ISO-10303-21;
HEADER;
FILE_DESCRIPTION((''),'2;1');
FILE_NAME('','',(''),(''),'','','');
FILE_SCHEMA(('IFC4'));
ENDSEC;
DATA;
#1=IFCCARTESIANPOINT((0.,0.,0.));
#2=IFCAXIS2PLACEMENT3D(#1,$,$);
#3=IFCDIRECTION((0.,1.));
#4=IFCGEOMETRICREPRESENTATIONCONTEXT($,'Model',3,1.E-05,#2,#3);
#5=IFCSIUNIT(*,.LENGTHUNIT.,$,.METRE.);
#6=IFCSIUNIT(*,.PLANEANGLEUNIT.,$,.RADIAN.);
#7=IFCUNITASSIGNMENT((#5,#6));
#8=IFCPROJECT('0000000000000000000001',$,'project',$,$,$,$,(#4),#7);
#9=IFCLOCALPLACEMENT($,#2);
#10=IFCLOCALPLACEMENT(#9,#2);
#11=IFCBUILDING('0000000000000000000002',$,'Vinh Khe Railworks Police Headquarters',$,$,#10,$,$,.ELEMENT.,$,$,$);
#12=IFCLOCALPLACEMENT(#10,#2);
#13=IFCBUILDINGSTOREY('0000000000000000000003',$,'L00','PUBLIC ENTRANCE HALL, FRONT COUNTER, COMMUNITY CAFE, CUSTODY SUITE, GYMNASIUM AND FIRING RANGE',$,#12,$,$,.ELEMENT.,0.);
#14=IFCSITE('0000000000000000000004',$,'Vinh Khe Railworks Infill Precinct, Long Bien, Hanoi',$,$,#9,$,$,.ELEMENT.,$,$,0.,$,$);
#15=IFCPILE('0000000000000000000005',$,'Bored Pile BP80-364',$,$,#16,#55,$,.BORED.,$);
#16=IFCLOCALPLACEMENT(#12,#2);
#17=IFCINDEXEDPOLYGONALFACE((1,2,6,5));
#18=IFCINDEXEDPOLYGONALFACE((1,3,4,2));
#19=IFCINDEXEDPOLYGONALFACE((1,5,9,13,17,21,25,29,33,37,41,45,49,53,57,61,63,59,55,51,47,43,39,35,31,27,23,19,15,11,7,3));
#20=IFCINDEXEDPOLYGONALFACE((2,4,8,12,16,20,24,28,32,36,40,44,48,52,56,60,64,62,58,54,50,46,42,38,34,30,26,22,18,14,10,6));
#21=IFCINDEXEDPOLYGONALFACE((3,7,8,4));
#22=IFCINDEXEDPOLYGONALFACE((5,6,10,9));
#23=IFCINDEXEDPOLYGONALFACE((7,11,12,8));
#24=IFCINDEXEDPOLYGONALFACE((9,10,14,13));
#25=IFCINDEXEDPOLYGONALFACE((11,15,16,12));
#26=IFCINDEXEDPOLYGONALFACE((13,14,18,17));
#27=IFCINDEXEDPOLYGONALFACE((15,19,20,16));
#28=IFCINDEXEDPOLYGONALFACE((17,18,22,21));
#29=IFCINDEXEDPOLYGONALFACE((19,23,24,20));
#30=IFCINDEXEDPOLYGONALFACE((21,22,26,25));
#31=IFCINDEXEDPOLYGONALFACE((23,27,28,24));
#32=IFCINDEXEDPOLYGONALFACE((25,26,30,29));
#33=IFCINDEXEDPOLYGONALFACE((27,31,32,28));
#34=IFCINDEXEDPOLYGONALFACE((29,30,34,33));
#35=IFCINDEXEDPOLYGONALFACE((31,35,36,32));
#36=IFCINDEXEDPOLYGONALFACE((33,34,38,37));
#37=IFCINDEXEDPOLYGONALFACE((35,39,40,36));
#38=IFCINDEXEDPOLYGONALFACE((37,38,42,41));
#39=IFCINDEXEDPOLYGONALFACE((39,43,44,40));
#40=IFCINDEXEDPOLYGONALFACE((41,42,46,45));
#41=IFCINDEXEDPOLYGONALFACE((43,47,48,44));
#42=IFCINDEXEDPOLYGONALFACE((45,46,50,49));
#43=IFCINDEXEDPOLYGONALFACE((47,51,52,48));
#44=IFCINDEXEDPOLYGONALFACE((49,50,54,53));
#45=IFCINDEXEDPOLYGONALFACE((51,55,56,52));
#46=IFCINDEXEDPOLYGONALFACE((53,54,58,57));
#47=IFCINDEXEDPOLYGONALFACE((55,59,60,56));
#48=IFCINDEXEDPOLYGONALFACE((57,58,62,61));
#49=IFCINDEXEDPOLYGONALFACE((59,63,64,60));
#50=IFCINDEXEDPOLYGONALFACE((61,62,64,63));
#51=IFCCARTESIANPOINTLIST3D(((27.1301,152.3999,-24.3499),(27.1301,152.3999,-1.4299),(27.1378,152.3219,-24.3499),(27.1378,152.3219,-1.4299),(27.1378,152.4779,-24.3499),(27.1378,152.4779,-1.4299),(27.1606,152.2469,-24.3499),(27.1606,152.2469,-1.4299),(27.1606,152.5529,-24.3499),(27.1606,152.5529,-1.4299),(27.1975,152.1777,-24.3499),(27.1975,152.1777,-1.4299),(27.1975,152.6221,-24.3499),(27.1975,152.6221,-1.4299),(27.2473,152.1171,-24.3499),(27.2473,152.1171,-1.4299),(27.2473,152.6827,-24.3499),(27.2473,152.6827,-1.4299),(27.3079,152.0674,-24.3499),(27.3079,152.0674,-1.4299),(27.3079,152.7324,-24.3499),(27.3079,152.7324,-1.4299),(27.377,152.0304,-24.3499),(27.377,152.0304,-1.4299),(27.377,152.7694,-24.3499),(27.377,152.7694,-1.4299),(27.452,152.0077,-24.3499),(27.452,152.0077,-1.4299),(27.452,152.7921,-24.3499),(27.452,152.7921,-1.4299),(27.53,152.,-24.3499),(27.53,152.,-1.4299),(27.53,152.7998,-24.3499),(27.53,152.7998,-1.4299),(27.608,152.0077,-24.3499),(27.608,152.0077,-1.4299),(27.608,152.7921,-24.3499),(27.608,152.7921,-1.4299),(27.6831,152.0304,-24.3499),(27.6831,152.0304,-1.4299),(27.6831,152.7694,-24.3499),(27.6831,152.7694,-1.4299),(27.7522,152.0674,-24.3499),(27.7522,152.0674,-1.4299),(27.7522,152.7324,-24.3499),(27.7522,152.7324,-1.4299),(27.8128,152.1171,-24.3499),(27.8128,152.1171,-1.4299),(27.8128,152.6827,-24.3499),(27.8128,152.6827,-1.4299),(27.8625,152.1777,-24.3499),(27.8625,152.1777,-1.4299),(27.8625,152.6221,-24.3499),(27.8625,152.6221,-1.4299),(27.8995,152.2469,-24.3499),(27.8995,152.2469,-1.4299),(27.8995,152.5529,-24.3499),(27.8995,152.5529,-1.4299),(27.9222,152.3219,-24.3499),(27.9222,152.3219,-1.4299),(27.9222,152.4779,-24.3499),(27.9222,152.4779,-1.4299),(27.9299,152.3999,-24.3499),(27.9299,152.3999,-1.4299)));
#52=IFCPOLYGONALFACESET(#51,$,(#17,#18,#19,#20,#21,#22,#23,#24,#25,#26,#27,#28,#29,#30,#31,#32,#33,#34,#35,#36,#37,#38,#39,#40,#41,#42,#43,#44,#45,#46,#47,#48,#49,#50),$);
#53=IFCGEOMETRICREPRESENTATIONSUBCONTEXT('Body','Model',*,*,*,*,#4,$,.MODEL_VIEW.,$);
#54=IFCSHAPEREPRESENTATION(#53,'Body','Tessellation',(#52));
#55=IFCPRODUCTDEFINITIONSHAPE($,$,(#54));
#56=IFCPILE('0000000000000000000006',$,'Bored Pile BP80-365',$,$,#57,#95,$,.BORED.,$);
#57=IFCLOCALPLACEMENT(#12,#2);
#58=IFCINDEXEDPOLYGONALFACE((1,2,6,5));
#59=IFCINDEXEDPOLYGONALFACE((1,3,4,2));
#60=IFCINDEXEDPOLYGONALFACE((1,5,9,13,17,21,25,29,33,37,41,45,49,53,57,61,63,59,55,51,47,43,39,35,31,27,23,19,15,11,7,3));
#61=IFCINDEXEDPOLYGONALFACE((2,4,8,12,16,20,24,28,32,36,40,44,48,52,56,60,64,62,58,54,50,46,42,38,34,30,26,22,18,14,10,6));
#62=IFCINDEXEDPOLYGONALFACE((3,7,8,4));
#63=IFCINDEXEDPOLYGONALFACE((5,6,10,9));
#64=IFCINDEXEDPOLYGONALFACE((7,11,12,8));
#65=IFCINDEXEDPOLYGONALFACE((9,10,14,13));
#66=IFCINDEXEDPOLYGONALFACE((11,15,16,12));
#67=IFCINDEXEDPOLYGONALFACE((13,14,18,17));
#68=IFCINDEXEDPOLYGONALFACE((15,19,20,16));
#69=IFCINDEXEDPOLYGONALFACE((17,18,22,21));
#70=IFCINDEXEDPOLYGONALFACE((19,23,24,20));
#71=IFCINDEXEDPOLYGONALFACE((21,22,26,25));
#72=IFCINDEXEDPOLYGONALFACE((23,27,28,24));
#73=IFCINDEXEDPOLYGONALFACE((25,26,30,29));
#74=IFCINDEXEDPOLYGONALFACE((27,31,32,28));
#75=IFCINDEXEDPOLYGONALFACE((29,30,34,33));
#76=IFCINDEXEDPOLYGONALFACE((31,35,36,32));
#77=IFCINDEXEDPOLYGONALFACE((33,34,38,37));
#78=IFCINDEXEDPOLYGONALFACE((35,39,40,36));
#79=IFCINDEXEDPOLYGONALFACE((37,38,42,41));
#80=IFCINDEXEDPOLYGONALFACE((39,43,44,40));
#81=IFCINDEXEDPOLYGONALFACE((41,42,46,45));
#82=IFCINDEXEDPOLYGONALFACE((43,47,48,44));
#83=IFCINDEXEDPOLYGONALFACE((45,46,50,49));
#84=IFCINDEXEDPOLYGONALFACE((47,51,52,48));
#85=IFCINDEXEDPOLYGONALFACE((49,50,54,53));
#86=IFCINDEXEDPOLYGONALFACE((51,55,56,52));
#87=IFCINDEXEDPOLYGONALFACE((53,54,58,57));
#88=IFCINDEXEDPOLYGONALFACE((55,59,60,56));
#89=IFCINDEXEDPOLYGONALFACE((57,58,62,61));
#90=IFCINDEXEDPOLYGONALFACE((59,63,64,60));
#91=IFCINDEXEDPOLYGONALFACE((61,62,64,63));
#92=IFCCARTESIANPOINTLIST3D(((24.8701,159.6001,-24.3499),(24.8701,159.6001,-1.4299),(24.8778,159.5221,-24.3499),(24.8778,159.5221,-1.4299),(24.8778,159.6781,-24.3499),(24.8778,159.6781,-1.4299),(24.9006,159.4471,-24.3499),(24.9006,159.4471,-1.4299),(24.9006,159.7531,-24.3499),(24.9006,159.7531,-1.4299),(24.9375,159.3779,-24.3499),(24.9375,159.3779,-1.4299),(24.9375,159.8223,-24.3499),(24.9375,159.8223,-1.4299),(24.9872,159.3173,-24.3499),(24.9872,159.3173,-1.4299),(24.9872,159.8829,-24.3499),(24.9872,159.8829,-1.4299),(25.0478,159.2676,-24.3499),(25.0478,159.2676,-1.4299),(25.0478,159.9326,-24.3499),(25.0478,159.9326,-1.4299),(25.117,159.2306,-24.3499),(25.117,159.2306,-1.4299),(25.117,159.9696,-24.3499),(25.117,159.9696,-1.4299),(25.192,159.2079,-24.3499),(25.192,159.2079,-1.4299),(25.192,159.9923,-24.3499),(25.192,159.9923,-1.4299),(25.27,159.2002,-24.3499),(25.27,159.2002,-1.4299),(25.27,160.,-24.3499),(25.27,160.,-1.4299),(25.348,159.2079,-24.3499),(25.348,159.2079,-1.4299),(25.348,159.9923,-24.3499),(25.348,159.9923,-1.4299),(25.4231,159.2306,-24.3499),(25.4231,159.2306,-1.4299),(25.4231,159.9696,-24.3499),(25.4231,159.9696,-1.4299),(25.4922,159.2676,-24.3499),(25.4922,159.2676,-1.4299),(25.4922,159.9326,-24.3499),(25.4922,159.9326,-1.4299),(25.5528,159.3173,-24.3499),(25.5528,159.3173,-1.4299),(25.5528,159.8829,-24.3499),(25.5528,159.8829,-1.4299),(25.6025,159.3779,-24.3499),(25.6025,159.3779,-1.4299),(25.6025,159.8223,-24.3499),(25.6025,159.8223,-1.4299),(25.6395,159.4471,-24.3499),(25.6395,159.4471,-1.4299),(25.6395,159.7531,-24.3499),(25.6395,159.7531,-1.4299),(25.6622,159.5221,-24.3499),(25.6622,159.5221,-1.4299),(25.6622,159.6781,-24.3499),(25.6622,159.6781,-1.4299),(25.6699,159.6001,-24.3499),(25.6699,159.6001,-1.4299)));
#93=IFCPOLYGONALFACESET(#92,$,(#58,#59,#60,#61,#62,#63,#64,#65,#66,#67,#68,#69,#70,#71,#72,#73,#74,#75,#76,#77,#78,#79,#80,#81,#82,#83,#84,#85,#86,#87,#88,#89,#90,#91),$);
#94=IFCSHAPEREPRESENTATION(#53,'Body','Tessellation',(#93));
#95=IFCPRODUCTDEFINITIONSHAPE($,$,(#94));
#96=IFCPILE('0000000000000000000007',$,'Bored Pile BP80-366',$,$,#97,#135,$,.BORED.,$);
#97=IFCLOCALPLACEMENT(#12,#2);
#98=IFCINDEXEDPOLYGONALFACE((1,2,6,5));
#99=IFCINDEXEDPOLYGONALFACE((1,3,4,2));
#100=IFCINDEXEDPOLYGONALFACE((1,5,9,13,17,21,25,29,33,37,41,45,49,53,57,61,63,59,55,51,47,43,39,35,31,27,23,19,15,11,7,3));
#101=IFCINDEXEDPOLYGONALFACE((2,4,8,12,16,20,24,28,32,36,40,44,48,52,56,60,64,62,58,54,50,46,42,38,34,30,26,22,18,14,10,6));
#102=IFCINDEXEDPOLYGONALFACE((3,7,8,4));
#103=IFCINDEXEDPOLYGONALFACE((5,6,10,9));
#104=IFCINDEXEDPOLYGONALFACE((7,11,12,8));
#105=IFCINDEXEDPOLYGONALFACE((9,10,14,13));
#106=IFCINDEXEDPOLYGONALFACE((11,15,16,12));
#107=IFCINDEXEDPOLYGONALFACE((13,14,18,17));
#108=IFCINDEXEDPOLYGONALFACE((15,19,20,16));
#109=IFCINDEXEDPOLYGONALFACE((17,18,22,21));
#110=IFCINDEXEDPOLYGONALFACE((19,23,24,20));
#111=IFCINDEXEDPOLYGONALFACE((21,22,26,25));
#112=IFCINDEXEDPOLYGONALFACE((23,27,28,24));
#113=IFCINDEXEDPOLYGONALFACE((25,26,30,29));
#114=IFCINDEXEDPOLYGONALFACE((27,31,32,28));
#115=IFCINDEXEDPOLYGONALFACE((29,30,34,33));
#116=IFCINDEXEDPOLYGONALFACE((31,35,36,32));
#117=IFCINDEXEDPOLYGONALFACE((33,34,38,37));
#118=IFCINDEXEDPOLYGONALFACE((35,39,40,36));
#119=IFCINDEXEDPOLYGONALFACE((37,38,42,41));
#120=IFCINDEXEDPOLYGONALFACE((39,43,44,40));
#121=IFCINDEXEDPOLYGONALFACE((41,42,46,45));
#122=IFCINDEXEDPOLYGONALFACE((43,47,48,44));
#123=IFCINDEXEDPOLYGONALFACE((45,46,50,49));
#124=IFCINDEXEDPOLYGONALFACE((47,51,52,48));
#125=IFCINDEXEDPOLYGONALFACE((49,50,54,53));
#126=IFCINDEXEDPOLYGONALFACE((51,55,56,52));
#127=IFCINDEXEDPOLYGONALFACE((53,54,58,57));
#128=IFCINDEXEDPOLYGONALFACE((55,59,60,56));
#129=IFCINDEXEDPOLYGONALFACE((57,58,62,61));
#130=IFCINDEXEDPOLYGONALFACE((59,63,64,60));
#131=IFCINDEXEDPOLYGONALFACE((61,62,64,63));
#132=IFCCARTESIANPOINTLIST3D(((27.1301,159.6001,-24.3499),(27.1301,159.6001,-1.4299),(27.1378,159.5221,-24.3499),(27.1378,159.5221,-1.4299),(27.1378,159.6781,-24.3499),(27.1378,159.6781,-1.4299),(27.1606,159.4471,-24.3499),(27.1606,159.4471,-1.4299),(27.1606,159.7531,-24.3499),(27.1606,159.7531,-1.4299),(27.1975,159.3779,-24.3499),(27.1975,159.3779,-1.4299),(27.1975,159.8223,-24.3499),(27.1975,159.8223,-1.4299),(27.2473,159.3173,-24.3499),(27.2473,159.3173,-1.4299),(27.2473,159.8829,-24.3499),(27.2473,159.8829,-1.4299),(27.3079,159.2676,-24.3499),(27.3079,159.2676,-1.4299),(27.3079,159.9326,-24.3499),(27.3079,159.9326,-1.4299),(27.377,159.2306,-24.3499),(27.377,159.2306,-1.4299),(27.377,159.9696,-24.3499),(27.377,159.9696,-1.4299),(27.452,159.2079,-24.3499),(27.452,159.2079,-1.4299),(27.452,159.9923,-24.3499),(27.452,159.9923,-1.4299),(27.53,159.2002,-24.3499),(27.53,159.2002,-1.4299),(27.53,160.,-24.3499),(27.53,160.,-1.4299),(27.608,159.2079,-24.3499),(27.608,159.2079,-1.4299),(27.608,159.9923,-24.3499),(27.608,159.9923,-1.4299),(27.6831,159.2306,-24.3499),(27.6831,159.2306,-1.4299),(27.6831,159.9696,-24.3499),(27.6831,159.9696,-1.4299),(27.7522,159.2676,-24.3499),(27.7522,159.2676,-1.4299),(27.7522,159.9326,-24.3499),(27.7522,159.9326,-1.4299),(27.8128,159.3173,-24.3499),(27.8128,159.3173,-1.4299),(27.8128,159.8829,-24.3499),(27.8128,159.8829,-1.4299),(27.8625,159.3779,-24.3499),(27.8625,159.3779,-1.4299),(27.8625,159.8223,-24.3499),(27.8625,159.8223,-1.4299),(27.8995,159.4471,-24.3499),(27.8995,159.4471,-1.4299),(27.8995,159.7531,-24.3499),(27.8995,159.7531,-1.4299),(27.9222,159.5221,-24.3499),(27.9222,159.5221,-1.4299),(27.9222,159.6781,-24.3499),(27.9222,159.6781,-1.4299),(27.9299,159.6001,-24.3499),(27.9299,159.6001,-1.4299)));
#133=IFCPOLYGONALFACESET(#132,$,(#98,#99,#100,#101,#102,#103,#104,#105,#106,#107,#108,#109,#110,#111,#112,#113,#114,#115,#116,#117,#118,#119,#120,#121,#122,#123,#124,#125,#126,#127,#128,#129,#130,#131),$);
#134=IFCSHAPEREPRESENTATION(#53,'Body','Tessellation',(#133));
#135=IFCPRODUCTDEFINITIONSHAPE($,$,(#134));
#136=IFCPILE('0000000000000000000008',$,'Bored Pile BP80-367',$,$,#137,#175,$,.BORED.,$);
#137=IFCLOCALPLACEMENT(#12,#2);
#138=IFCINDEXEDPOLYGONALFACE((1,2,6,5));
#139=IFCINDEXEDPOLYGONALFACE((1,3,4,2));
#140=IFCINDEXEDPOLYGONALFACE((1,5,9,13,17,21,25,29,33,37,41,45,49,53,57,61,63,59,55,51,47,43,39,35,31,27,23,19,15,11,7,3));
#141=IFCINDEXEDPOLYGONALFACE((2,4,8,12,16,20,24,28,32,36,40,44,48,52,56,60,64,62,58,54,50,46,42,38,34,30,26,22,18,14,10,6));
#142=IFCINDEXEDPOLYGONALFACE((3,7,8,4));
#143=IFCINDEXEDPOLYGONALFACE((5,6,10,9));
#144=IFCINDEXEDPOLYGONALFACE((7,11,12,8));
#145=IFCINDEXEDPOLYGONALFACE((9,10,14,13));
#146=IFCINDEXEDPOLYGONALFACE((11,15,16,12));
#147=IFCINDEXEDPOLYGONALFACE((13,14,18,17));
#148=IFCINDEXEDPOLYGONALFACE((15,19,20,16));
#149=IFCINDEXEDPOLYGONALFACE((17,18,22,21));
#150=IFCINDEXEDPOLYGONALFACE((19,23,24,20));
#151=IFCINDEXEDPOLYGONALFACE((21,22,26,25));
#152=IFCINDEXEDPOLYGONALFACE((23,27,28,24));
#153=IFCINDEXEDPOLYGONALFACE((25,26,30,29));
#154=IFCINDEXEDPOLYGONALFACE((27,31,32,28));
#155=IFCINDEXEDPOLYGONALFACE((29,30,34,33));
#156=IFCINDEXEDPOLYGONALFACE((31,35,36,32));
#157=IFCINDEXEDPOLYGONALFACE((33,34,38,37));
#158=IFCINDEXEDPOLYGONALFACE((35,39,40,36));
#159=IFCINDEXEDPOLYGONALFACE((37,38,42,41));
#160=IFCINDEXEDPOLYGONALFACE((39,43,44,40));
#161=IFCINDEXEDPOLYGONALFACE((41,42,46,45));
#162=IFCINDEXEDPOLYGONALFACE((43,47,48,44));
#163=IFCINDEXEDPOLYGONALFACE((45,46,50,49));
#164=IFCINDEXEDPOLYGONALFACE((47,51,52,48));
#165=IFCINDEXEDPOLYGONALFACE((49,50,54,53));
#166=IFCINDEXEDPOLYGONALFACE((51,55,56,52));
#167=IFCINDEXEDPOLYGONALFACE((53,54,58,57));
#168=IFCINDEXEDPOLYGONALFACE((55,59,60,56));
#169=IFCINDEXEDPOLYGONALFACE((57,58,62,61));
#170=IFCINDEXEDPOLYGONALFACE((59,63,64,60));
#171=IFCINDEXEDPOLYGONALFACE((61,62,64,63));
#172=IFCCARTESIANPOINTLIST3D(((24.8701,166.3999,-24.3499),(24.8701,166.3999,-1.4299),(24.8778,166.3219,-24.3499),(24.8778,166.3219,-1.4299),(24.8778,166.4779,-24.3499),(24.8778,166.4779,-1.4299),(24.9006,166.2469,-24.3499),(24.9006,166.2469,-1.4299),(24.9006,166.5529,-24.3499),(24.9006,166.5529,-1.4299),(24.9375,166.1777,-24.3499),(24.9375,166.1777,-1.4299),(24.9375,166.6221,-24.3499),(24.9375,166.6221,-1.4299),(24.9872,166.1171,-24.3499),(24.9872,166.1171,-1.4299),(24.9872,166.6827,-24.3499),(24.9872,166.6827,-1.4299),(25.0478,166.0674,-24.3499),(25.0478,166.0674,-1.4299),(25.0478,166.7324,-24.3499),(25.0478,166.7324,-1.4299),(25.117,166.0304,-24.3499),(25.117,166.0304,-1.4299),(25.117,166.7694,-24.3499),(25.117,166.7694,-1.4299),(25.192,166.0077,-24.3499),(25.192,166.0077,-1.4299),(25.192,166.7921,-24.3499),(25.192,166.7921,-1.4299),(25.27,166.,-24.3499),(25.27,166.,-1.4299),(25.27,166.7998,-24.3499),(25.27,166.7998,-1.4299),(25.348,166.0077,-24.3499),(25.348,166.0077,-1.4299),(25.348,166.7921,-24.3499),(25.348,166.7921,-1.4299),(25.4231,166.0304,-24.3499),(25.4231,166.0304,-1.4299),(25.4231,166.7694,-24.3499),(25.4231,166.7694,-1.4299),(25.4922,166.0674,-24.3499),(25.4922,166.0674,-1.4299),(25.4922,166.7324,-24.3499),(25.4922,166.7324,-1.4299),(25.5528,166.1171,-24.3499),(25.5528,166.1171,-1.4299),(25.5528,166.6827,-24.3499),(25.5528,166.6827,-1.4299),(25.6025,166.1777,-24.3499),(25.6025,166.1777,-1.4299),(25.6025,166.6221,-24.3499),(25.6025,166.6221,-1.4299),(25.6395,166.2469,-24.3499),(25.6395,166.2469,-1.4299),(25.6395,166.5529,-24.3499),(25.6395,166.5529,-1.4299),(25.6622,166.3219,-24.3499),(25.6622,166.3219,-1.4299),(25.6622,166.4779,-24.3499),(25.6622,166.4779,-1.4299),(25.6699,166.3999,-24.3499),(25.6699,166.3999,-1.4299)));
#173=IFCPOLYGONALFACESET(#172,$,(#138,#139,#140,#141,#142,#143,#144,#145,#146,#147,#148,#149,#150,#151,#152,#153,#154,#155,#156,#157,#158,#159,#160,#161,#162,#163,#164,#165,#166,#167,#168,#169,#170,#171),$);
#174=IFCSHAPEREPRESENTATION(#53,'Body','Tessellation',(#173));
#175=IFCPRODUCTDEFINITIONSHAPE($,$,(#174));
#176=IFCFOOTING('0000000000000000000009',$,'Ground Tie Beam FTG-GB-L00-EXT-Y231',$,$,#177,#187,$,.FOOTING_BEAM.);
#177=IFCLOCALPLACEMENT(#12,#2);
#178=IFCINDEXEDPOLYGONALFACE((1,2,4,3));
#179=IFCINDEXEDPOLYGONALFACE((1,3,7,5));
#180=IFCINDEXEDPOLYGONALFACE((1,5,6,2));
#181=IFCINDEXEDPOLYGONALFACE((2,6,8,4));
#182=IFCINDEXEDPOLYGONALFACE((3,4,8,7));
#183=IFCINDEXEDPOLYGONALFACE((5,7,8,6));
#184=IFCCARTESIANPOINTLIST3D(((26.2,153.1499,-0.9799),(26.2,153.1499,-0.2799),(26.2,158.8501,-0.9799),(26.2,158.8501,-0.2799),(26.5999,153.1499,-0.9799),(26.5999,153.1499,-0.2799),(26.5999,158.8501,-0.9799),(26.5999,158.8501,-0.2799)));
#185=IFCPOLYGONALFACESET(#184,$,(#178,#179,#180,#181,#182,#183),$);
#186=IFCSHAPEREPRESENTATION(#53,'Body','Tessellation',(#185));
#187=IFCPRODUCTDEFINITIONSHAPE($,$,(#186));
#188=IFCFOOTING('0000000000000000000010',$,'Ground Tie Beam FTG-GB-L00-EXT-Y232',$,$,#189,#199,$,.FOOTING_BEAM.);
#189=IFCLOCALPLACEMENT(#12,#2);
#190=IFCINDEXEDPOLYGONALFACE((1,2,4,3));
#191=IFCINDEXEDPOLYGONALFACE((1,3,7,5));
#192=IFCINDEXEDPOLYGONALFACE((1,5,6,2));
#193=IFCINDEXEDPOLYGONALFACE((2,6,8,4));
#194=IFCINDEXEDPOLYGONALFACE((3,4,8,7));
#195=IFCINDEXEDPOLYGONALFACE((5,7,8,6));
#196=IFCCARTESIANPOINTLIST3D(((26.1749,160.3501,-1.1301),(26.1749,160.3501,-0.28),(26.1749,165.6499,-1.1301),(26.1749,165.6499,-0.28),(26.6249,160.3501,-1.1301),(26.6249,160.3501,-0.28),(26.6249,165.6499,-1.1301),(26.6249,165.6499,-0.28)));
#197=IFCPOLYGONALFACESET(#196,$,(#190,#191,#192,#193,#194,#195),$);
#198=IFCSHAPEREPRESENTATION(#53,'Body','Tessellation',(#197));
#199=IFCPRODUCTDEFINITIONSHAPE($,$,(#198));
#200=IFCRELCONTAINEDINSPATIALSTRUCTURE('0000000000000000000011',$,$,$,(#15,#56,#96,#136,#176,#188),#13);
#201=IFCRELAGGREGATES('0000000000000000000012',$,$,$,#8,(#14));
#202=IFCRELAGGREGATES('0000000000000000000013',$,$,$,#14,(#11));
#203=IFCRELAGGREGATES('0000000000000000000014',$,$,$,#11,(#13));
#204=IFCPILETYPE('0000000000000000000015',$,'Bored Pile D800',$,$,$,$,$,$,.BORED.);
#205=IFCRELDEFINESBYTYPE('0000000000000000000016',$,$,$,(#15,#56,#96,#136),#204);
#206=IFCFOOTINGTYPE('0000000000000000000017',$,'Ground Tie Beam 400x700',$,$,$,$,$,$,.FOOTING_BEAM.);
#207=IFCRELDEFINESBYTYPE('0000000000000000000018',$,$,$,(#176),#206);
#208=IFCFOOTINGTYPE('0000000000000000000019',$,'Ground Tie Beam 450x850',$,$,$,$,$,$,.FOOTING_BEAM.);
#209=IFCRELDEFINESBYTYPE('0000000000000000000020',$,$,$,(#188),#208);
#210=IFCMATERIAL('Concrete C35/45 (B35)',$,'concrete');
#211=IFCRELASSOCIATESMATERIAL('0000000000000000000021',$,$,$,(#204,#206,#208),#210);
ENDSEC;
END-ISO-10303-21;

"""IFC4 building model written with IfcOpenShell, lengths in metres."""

from ifc_helpers import new_model, si_unit, direction, frame, origin, origin_2d, place, context, subcontext, project, spatial, rectangle, circle, extrude, material, material_profile, profile_set, type_object, element, save


model = new_model("IFC4")

# Units and contexts
model_context = context("Model", 3, precision=1e-05, world=origin(), true_north=direction((0.0, 1.0)))
body_context = subcontext(model_context, "Body", "Model", "MODEL_VIEW")
ifc_project = project(units=[si_unit("LENGTHUNIT", "METRE"), si_unit("PLANEANGLEUNIT", "RADIAN")], contexts=[model_context])

# Site, building, storey
site_placement = place(None, origin())
site = spatial("IfcSite", under=ifc_project, at=site_placement, Name="Vinh Khe Railworks Infill Precinct, Long Bien, Hanoi", CompositionType="ELEMENT", RefElevation=0.0)
building_placement = place(site_placement, origin())
building = spatial("IfcBuilding", under=site, at=building_placement, Name="Vinh Khe Railworks Police Headquarters", CompositionType="ELEMENT")
storey_placement = place(building_placement, origin())
storey = spatial("IfcBuildingStorey", under=building, at=storey_placement, Name="L00", Description="PUBLIC ENTRANCE HALL, FRONT COUNTER, COMMUNITY CAFE, CUSTODY SUITE, GYMNASIUM AND FIRING RANGE", CompositionType="ELEMENT", Elevation=0.0)

# Piles
ifc_material_1 = material(Name="Concrete C35/45 (B35)", Category="concrete")
ifc_material_profile_1 = material_profile(ifc_material_1, circle(Radius=0.3999, at=origin_2d()), Name="BORED PILE D800")
ifc_profile_set_1 = profile_set([ifc_material_profile_1], Name="Concrete C35/45 (B35)")
pile_type = type_object("IfcPileType", Name="Bored Pile D800", PredefinedType="BORED", material=ifc_profile_set_1)
for number, where, z_axis, x_axis, name in (
    (1, (27.53, 152.3999, -1.4299), (0.0, 0.0, -1.0), (1.0, 0.0, 0.0), "Bored Pile BP80-364"),
    (2, (25.27, 159.6001, -1.4299), (0.0, 0.0, -1.0), (1.0, 0.0, 0.0), "Bored Pile BP80-365"),
    (3, (27.53, 159.6001, -1.4299), (0.0, 0.0, -1.0), (1.0, 0.0, 0.0), "Bored Pile BP80-366"),
    (4, (25.27, 166.3999, -1.4299), (0.0, 0.0, -1.0), (1.0, 0.0, 0.0), "Bored Pile BP80-367"),
):
    element("IfcPile", number, at=place(storey_placement, frame(where, z_axis=z_axis, x_axis=x_axis)), inside=storey, type_object=pile_type, Name=name, PredefinedType="BORED", context=body_context, shape_type="SweptSolid", body=[
        extrude(circle(Radius=0.3999, at=origin_2d()), origin(), (0.0, 0.0, 1.0), 22.9199),
    ])

# Footings
ifc_material_profile_2 = material_profile(ifc_material_1, rectangle(XDim=0.3999, YDim=0.7, at=origin_2d()), Name="RC 400x700")
ifc_profile_set_2 = profile_set([ifc_material_profile_2], Name="Concrete C35/45 (B35)")
footing_type_1 = type_object("IfcFootingType", Name="Ground Tie Beam 400x700", PredefinedType="FOOTING_BEAM", material=ifc_profile_set_2)
footing_1_placement = place(storey_placement, frame((26.3999, 153.1499, -0.6299), z_axis=(0.0, 1.0, 0.0), x_axis=(-1.0, 0.0, 0.0)))
element("IfcFooting", 5, at=footing_1_placement, inside=storey, type_object=footing_type_1, Name="Ground Tie Beam FTG-GB-L00-EXT-Y231", PredefinedType="FOOTING_BEAM", context=body_context, shape_type="SweptSolid", body=[
    extrude(rectangle(XDim=0.3999, YDim=0.7, at=origin_2d()), origin(), (0.0, 0.0, 1.0), 5.7002),
])
ifc_material_profile_3 = material_profile(ifc_material_1, rectangle(XDim=0.45, YDim=0.8501, at=origin_2d()), Name="RC 450x850")
ifc_profile_set_3 = profile_set([ifc_material_profile_3], Name="Concrete C35/45 (B35)")
footing_type_2 = type_object("IfcFootingType", Name="Ground Tie Beam 450x850", PredefinedType="FOOTING_BEAM", material=ifc_profile_set_3)
footing_2_placement = place(storey_placement, frame((26.3999, 160.3501, -0.7051), z_axis=(0.0, 1.0, 0.0), x_axis=(-1.0, 0.0, 0.0)))
element("IfcFooting", 6, at=footing_2_placement, inside=storey, type_object=footing_type_2, Name="Ground Tie Beam FTG-GB-L00-EXT-Y232", PredefinedType="FOOTING_BEAM", context=body_context, shape_type="SweptSolid", body=[
    extrude(rectangle(XDim=0.45, YDim=0.8501, at=origin_2d()), origin(), (0.0, 0.0, 1.0), 5.2998),
])

save(model, "model.ifc")
